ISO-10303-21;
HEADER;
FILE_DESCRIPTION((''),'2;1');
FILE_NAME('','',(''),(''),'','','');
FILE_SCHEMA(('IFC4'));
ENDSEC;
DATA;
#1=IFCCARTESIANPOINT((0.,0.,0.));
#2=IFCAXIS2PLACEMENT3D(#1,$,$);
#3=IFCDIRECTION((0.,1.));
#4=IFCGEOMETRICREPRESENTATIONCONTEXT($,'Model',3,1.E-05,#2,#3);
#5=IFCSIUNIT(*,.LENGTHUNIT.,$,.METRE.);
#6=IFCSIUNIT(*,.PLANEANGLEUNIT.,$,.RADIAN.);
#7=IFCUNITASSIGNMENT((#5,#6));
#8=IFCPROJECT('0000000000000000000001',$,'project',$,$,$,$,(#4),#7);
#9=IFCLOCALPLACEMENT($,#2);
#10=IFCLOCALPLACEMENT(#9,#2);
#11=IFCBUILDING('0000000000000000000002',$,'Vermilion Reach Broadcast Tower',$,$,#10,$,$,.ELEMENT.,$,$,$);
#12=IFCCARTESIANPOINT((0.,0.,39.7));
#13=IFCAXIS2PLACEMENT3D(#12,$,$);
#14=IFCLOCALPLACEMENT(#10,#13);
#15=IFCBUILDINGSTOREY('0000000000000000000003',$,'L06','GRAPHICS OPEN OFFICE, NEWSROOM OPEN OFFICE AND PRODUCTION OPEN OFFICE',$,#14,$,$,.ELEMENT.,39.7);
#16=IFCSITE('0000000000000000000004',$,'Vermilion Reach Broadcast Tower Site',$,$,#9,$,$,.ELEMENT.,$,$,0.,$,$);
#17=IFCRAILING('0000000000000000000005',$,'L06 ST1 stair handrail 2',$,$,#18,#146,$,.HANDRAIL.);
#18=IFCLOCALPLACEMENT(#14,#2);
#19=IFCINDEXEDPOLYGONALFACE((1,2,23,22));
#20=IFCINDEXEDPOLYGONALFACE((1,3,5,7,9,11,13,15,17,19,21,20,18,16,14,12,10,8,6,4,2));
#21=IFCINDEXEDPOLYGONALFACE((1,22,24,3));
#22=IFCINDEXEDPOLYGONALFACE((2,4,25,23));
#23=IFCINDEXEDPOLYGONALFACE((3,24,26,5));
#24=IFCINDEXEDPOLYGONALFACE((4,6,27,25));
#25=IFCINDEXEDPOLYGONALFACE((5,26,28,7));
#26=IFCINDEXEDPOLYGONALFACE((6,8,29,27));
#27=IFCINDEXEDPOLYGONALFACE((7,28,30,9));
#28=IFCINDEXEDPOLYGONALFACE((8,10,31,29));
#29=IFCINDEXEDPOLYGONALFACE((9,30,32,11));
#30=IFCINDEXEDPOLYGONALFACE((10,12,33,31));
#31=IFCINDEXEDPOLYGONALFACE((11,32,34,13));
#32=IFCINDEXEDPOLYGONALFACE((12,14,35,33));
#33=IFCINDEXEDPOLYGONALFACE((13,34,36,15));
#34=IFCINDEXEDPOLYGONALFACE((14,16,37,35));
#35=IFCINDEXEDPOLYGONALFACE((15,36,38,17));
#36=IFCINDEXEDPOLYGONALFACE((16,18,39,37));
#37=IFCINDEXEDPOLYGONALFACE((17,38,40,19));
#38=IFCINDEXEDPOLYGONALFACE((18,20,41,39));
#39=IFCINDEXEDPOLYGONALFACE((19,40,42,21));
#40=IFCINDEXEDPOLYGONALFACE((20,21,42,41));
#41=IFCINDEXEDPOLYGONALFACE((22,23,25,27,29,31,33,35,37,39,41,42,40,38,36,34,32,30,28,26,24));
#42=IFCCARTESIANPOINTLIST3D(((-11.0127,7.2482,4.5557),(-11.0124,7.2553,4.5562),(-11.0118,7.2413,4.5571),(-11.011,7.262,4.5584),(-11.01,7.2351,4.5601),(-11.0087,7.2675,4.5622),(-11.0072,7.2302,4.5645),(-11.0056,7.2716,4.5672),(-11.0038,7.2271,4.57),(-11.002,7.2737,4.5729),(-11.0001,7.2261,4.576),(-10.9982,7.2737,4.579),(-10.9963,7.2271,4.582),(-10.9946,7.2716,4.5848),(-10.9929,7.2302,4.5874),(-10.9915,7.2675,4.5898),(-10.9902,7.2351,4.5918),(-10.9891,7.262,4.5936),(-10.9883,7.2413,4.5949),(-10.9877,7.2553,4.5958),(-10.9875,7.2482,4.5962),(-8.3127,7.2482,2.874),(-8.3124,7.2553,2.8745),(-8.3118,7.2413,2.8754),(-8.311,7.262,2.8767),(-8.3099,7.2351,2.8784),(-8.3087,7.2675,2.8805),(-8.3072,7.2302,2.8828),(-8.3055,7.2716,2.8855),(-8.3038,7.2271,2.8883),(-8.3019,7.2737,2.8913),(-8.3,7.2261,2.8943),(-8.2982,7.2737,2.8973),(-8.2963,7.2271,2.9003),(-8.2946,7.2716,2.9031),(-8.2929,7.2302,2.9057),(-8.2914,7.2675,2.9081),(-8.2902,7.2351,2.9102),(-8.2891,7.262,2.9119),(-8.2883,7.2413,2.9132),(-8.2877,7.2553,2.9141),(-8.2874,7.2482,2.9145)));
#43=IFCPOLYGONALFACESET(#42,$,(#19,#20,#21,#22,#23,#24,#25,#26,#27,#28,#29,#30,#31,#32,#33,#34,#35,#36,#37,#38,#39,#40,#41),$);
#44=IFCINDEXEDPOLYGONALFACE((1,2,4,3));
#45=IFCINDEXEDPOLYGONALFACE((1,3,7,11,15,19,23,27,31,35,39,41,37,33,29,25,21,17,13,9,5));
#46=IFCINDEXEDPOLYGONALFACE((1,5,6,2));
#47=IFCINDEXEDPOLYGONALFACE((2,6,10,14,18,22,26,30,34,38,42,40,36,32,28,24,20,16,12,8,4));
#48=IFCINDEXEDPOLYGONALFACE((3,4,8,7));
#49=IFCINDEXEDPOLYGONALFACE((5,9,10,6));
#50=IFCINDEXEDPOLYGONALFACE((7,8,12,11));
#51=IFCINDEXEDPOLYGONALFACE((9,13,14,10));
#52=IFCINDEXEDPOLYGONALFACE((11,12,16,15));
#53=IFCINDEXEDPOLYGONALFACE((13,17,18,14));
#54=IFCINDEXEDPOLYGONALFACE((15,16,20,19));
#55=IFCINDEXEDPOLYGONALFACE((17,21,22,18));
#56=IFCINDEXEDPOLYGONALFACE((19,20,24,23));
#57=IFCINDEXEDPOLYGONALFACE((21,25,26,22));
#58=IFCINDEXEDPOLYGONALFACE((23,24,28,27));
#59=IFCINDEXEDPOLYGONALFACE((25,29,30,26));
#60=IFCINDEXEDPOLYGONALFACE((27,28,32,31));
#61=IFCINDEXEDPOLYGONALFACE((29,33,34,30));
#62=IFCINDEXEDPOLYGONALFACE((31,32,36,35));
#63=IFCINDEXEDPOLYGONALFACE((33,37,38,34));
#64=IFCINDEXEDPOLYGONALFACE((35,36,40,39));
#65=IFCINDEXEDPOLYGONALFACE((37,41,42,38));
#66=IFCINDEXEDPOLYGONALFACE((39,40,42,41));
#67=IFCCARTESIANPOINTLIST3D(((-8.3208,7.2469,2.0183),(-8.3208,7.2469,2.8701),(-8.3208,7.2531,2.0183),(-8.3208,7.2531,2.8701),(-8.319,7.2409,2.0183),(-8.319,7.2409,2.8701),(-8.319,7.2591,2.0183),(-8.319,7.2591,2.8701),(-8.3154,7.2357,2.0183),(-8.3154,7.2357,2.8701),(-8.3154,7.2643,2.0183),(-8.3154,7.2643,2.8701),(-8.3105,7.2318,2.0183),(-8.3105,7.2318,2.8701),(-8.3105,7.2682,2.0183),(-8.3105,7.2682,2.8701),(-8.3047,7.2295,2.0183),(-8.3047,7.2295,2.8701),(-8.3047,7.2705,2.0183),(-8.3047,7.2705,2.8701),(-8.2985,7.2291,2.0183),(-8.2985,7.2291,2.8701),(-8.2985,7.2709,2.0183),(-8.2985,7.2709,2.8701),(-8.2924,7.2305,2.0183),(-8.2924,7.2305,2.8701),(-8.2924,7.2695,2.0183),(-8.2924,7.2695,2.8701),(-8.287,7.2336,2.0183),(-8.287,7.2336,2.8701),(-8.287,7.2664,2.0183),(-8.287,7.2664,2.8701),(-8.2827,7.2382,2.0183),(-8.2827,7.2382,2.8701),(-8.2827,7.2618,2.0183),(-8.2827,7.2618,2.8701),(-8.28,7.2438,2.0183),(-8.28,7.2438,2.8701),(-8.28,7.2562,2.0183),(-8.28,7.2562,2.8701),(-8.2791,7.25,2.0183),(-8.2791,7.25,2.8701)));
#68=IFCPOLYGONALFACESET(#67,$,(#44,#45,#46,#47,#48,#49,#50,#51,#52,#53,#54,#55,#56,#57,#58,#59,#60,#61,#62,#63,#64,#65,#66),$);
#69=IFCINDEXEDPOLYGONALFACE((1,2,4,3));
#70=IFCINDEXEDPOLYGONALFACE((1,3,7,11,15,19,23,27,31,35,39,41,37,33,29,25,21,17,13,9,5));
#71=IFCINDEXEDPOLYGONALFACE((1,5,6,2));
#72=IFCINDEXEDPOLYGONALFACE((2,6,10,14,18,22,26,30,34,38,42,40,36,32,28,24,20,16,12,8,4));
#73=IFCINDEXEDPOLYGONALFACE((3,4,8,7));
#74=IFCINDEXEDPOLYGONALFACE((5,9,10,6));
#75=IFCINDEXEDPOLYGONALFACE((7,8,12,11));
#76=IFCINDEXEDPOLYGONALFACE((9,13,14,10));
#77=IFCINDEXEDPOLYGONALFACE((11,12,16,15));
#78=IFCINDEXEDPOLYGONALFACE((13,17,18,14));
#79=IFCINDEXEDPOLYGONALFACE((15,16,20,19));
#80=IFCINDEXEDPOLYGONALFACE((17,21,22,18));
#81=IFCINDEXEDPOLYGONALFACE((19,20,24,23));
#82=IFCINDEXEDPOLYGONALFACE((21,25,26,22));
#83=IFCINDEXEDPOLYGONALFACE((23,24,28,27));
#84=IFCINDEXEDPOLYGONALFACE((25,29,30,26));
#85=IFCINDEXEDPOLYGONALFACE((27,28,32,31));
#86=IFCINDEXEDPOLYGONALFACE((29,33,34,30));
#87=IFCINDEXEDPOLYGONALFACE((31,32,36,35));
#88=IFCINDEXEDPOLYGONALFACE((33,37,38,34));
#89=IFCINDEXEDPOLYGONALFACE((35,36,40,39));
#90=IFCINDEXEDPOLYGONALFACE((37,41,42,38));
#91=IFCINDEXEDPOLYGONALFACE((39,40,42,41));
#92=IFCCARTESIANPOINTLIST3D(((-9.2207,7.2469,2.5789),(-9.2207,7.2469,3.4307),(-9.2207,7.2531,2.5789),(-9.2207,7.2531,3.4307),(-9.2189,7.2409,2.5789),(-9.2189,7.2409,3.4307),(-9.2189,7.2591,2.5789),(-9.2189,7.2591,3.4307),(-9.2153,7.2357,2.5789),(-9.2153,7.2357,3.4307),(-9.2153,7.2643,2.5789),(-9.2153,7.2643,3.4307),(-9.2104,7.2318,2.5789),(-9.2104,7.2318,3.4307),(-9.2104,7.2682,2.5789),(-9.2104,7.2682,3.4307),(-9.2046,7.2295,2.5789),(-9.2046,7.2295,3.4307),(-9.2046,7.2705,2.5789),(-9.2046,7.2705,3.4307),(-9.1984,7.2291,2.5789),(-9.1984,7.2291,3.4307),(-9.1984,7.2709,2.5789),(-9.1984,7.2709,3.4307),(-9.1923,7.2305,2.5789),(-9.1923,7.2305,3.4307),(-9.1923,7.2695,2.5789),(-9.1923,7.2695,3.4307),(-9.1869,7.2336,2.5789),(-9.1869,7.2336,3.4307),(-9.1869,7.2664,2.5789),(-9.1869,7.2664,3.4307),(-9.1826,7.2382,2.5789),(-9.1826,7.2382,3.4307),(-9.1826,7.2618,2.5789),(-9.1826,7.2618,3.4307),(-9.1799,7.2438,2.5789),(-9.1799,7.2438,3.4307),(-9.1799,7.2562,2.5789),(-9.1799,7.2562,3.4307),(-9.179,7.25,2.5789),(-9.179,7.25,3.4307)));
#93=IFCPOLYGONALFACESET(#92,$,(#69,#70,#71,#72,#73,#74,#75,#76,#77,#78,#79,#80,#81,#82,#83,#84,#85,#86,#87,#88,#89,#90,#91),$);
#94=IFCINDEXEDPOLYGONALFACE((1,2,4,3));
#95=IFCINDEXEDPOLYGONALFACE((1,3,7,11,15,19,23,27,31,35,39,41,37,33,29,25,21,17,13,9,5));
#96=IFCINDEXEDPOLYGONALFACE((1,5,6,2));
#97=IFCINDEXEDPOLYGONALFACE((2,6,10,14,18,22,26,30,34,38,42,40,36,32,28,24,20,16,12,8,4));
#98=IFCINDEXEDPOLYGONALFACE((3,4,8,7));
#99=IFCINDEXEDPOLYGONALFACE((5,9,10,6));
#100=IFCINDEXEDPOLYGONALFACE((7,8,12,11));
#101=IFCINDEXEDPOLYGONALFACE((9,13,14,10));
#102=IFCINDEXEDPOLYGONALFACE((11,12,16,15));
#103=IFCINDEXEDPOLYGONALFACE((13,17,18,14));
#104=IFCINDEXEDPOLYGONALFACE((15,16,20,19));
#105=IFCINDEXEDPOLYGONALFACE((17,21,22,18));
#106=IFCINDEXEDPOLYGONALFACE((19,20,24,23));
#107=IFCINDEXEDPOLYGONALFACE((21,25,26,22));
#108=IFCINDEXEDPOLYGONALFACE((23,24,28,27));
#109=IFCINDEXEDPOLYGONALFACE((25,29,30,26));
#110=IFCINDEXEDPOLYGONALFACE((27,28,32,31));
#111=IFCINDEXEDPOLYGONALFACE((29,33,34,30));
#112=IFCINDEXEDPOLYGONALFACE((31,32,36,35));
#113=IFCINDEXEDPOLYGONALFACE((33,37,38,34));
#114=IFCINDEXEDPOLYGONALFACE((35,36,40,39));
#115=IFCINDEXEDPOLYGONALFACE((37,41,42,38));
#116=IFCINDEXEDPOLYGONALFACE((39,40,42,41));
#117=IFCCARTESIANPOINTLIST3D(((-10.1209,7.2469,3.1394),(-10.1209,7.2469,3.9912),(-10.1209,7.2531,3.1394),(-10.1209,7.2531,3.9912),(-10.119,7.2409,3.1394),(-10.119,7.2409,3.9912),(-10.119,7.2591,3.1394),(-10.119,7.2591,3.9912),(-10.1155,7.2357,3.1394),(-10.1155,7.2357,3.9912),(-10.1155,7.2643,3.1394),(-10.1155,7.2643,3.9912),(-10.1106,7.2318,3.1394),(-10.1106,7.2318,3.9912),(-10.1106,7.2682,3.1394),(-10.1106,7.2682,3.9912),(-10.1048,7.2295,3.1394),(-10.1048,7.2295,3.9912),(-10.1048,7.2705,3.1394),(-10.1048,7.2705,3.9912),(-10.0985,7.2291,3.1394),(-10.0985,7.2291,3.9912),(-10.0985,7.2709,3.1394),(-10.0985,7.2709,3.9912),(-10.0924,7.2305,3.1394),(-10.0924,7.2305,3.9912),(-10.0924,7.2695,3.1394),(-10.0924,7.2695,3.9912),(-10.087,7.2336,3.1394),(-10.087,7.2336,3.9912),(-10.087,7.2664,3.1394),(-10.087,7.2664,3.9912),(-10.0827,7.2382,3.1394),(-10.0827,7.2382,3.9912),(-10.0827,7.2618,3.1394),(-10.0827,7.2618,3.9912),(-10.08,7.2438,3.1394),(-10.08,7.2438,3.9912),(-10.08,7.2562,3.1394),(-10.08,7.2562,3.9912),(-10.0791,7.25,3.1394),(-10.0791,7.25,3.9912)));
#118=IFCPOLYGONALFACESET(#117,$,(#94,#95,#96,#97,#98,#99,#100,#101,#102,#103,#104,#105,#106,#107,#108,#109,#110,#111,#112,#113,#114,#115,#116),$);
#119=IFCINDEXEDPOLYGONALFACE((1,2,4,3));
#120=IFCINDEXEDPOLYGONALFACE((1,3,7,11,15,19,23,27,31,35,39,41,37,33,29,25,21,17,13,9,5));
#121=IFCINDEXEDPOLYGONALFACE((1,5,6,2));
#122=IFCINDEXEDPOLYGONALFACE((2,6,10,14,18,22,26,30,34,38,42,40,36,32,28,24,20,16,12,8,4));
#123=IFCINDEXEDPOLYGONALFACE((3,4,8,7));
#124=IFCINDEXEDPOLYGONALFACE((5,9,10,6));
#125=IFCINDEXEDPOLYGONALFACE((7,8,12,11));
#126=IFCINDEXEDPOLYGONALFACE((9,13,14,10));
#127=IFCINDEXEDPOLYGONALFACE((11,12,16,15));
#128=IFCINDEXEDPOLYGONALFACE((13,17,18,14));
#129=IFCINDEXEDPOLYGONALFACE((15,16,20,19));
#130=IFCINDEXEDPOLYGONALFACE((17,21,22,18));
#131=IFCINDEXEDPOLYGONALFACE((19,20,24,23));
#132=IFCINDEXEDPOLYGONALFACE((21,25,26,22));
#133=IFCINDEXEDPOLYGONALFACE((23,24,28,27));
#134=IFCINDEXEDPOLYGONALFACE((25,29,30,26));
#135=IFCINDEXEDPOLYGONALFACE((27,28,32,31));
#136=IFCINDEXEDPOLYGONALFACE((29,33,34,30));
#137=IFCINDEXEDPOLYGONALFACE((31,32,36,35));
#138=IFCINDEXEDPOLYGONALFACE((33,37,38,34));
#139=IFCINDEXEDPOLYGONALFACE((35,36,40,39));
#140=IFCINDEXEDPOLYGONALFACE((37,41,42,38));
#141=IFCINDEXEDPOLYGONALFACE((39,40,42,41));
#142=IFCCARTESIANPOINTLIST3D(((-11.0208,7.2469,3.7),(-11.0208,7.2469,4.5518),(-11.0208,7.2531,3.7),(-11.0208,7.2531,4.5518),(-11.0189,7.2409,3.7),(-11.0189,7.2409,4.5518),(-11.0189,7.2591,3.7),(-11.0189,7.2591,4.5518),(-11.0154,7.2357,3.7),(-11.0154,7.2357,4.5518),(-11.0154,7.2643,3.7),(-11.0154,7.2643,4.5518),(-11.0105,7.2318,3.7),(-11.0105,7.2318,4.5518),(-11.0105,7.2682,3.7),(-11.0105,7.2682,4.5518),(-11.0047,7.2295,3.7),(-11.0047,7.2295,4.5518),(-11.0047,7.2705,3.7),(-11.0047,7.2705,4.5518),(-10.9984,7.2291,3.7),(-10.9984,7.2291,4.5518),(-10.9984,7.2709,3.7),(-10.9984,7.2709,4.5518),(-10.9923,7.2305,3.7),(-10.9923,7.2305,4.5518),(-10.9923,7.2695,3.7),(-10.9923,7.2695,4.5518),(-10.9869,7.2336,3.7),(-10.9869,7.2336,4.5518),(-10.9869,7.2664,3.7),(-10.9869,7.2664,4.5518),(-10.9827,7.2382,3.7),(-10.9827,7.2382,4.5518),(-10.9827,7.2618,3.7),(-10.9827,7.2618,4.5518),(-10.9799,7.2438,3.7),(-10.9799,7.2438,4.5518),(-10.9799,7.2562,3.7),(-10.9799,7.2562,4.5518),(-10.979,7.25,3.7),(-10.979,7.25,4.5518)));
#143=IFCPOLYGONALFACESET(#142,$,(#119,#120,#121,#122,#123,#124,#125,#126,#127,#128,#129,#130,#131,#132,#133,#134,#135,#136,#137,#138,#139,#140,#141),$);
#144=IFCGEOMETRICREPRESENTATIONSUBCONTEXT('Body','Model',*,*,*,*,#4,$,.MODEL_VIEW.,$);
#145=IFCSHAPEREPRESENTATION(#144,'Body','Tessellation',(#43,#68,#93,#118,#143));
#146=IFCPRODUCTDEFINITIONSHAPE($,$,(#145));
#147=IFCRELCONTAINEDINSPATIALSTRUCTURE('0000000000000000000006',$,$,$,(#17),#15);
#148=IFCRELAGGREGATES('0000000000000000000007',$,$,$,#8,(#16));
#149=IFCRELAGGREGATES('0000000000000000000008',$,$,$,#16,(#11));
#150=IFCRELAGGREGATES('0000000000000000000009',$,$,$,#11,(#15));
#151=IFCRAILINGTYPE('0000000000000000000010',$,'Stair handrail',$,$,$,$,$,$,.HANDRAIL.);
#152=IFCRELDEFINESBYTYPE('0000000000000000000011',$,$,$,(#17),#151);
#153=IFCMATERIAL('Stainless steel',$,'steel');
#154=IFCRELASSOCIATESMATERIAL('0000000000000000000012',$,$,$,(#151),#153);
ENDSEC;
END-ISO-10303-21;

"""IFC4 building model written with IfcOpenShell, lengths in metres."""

from ifc_helpers import new_model, si_unit, direction, frame, origin, origin_2d, place, context, subcontext, project, spatial, circle, extrude, material, type_object, element, save


model = new_model("IFC4")

# Units and contexts
model_context = context("Model", 3, precision=1e-05, world=origin(), true_north=direction((0.0, 1.0)))
body_context = subcontext(model_context, "Body", "Model", "MODEL_VIEW")
ifc_project = project(units=[si_unit("LENGTHUNIT", "METRE"), si_unit("PLANEANGLEUNIT", "RADIAN")], contexts=[model_context])

# Site, building, storey
site_placement = place(None, origin())
site = spatial("IfcSite", under=ifc_project, at=site_placement, Name="Vermilion Reach Broadcast Tower Site", CompositionType="ELEMENT", RefElevation=0.0)
building_placement = place(site_placement, origin())
building = spatial("IfcBuilding", under=site, at=building_placement, Name="Vermilion Reach Broadcast Tower", CompositionType="ELEMENT")
storey_placement = place(building_placement, frame((0.0, 0.0, 39.7)))
storey = spatial("IfcBuildingStorey", under=building, at=storey_placement, Name="L06", Description="GRAPHICS OPEN OFFICE, NEWSROOM OPEN OFFICE AND PRODUCTION OPEN OFFICE", CompositionType="ELEMENT", Elevation=39.7)

# Railing
ifc_material_1 = material(Name="Stainless steel", Category="steel")
railing_type_1 = type_object("IfcRailingType", Name="Stair handrail", PredefinedType="HANDRAIL", material=ifc_material_1)
railing_1_placement = place(storey_placement, frame((-8.3, 7.25, 2.0183)))
element("IfcRailing", 1, at=railing_1_placement, inside=storey, type_object=railing_type_1, Name="L06 ST1 stair handrail 2", PredefinedType="HANDRAIL", context=body_context, shape_type="SweptSolid", body=[
    extrude(circle(Radius=0.0239, at=origin_2d()), frame((0.0, 0.0, 0.876), z_axis=(-0.848821, 0.0, 0.528681), x_axis=(0.0, -1.0, 0.0)), (0.0, 0.0, 1.0), 3.1809),
    extrude(circle(Radius=0.021, at=origin_2d()), origin(), (0.0, 0.0, 1.0), 0.8518),
    extrude(circle(Radius=0.021, at=origin_2d()), frame((-0.8999, 0.0, 0.5605)), (0.0, 0.0, 1.0), 0.8518),
    extrude(circle(Radius=0.021, at=origin_2d()), frame((-1.8, 0.0, 1.1211)), (0.0, 0.0, 1.0), 0.8518),
    extrude(circle(Radius=0.021, at=origin_2d()), frame((-2.7, 0.0, 1.6816)), (0.0, 0.0, 1.0), 0.8518),
])

save(model, "model.ifc")
